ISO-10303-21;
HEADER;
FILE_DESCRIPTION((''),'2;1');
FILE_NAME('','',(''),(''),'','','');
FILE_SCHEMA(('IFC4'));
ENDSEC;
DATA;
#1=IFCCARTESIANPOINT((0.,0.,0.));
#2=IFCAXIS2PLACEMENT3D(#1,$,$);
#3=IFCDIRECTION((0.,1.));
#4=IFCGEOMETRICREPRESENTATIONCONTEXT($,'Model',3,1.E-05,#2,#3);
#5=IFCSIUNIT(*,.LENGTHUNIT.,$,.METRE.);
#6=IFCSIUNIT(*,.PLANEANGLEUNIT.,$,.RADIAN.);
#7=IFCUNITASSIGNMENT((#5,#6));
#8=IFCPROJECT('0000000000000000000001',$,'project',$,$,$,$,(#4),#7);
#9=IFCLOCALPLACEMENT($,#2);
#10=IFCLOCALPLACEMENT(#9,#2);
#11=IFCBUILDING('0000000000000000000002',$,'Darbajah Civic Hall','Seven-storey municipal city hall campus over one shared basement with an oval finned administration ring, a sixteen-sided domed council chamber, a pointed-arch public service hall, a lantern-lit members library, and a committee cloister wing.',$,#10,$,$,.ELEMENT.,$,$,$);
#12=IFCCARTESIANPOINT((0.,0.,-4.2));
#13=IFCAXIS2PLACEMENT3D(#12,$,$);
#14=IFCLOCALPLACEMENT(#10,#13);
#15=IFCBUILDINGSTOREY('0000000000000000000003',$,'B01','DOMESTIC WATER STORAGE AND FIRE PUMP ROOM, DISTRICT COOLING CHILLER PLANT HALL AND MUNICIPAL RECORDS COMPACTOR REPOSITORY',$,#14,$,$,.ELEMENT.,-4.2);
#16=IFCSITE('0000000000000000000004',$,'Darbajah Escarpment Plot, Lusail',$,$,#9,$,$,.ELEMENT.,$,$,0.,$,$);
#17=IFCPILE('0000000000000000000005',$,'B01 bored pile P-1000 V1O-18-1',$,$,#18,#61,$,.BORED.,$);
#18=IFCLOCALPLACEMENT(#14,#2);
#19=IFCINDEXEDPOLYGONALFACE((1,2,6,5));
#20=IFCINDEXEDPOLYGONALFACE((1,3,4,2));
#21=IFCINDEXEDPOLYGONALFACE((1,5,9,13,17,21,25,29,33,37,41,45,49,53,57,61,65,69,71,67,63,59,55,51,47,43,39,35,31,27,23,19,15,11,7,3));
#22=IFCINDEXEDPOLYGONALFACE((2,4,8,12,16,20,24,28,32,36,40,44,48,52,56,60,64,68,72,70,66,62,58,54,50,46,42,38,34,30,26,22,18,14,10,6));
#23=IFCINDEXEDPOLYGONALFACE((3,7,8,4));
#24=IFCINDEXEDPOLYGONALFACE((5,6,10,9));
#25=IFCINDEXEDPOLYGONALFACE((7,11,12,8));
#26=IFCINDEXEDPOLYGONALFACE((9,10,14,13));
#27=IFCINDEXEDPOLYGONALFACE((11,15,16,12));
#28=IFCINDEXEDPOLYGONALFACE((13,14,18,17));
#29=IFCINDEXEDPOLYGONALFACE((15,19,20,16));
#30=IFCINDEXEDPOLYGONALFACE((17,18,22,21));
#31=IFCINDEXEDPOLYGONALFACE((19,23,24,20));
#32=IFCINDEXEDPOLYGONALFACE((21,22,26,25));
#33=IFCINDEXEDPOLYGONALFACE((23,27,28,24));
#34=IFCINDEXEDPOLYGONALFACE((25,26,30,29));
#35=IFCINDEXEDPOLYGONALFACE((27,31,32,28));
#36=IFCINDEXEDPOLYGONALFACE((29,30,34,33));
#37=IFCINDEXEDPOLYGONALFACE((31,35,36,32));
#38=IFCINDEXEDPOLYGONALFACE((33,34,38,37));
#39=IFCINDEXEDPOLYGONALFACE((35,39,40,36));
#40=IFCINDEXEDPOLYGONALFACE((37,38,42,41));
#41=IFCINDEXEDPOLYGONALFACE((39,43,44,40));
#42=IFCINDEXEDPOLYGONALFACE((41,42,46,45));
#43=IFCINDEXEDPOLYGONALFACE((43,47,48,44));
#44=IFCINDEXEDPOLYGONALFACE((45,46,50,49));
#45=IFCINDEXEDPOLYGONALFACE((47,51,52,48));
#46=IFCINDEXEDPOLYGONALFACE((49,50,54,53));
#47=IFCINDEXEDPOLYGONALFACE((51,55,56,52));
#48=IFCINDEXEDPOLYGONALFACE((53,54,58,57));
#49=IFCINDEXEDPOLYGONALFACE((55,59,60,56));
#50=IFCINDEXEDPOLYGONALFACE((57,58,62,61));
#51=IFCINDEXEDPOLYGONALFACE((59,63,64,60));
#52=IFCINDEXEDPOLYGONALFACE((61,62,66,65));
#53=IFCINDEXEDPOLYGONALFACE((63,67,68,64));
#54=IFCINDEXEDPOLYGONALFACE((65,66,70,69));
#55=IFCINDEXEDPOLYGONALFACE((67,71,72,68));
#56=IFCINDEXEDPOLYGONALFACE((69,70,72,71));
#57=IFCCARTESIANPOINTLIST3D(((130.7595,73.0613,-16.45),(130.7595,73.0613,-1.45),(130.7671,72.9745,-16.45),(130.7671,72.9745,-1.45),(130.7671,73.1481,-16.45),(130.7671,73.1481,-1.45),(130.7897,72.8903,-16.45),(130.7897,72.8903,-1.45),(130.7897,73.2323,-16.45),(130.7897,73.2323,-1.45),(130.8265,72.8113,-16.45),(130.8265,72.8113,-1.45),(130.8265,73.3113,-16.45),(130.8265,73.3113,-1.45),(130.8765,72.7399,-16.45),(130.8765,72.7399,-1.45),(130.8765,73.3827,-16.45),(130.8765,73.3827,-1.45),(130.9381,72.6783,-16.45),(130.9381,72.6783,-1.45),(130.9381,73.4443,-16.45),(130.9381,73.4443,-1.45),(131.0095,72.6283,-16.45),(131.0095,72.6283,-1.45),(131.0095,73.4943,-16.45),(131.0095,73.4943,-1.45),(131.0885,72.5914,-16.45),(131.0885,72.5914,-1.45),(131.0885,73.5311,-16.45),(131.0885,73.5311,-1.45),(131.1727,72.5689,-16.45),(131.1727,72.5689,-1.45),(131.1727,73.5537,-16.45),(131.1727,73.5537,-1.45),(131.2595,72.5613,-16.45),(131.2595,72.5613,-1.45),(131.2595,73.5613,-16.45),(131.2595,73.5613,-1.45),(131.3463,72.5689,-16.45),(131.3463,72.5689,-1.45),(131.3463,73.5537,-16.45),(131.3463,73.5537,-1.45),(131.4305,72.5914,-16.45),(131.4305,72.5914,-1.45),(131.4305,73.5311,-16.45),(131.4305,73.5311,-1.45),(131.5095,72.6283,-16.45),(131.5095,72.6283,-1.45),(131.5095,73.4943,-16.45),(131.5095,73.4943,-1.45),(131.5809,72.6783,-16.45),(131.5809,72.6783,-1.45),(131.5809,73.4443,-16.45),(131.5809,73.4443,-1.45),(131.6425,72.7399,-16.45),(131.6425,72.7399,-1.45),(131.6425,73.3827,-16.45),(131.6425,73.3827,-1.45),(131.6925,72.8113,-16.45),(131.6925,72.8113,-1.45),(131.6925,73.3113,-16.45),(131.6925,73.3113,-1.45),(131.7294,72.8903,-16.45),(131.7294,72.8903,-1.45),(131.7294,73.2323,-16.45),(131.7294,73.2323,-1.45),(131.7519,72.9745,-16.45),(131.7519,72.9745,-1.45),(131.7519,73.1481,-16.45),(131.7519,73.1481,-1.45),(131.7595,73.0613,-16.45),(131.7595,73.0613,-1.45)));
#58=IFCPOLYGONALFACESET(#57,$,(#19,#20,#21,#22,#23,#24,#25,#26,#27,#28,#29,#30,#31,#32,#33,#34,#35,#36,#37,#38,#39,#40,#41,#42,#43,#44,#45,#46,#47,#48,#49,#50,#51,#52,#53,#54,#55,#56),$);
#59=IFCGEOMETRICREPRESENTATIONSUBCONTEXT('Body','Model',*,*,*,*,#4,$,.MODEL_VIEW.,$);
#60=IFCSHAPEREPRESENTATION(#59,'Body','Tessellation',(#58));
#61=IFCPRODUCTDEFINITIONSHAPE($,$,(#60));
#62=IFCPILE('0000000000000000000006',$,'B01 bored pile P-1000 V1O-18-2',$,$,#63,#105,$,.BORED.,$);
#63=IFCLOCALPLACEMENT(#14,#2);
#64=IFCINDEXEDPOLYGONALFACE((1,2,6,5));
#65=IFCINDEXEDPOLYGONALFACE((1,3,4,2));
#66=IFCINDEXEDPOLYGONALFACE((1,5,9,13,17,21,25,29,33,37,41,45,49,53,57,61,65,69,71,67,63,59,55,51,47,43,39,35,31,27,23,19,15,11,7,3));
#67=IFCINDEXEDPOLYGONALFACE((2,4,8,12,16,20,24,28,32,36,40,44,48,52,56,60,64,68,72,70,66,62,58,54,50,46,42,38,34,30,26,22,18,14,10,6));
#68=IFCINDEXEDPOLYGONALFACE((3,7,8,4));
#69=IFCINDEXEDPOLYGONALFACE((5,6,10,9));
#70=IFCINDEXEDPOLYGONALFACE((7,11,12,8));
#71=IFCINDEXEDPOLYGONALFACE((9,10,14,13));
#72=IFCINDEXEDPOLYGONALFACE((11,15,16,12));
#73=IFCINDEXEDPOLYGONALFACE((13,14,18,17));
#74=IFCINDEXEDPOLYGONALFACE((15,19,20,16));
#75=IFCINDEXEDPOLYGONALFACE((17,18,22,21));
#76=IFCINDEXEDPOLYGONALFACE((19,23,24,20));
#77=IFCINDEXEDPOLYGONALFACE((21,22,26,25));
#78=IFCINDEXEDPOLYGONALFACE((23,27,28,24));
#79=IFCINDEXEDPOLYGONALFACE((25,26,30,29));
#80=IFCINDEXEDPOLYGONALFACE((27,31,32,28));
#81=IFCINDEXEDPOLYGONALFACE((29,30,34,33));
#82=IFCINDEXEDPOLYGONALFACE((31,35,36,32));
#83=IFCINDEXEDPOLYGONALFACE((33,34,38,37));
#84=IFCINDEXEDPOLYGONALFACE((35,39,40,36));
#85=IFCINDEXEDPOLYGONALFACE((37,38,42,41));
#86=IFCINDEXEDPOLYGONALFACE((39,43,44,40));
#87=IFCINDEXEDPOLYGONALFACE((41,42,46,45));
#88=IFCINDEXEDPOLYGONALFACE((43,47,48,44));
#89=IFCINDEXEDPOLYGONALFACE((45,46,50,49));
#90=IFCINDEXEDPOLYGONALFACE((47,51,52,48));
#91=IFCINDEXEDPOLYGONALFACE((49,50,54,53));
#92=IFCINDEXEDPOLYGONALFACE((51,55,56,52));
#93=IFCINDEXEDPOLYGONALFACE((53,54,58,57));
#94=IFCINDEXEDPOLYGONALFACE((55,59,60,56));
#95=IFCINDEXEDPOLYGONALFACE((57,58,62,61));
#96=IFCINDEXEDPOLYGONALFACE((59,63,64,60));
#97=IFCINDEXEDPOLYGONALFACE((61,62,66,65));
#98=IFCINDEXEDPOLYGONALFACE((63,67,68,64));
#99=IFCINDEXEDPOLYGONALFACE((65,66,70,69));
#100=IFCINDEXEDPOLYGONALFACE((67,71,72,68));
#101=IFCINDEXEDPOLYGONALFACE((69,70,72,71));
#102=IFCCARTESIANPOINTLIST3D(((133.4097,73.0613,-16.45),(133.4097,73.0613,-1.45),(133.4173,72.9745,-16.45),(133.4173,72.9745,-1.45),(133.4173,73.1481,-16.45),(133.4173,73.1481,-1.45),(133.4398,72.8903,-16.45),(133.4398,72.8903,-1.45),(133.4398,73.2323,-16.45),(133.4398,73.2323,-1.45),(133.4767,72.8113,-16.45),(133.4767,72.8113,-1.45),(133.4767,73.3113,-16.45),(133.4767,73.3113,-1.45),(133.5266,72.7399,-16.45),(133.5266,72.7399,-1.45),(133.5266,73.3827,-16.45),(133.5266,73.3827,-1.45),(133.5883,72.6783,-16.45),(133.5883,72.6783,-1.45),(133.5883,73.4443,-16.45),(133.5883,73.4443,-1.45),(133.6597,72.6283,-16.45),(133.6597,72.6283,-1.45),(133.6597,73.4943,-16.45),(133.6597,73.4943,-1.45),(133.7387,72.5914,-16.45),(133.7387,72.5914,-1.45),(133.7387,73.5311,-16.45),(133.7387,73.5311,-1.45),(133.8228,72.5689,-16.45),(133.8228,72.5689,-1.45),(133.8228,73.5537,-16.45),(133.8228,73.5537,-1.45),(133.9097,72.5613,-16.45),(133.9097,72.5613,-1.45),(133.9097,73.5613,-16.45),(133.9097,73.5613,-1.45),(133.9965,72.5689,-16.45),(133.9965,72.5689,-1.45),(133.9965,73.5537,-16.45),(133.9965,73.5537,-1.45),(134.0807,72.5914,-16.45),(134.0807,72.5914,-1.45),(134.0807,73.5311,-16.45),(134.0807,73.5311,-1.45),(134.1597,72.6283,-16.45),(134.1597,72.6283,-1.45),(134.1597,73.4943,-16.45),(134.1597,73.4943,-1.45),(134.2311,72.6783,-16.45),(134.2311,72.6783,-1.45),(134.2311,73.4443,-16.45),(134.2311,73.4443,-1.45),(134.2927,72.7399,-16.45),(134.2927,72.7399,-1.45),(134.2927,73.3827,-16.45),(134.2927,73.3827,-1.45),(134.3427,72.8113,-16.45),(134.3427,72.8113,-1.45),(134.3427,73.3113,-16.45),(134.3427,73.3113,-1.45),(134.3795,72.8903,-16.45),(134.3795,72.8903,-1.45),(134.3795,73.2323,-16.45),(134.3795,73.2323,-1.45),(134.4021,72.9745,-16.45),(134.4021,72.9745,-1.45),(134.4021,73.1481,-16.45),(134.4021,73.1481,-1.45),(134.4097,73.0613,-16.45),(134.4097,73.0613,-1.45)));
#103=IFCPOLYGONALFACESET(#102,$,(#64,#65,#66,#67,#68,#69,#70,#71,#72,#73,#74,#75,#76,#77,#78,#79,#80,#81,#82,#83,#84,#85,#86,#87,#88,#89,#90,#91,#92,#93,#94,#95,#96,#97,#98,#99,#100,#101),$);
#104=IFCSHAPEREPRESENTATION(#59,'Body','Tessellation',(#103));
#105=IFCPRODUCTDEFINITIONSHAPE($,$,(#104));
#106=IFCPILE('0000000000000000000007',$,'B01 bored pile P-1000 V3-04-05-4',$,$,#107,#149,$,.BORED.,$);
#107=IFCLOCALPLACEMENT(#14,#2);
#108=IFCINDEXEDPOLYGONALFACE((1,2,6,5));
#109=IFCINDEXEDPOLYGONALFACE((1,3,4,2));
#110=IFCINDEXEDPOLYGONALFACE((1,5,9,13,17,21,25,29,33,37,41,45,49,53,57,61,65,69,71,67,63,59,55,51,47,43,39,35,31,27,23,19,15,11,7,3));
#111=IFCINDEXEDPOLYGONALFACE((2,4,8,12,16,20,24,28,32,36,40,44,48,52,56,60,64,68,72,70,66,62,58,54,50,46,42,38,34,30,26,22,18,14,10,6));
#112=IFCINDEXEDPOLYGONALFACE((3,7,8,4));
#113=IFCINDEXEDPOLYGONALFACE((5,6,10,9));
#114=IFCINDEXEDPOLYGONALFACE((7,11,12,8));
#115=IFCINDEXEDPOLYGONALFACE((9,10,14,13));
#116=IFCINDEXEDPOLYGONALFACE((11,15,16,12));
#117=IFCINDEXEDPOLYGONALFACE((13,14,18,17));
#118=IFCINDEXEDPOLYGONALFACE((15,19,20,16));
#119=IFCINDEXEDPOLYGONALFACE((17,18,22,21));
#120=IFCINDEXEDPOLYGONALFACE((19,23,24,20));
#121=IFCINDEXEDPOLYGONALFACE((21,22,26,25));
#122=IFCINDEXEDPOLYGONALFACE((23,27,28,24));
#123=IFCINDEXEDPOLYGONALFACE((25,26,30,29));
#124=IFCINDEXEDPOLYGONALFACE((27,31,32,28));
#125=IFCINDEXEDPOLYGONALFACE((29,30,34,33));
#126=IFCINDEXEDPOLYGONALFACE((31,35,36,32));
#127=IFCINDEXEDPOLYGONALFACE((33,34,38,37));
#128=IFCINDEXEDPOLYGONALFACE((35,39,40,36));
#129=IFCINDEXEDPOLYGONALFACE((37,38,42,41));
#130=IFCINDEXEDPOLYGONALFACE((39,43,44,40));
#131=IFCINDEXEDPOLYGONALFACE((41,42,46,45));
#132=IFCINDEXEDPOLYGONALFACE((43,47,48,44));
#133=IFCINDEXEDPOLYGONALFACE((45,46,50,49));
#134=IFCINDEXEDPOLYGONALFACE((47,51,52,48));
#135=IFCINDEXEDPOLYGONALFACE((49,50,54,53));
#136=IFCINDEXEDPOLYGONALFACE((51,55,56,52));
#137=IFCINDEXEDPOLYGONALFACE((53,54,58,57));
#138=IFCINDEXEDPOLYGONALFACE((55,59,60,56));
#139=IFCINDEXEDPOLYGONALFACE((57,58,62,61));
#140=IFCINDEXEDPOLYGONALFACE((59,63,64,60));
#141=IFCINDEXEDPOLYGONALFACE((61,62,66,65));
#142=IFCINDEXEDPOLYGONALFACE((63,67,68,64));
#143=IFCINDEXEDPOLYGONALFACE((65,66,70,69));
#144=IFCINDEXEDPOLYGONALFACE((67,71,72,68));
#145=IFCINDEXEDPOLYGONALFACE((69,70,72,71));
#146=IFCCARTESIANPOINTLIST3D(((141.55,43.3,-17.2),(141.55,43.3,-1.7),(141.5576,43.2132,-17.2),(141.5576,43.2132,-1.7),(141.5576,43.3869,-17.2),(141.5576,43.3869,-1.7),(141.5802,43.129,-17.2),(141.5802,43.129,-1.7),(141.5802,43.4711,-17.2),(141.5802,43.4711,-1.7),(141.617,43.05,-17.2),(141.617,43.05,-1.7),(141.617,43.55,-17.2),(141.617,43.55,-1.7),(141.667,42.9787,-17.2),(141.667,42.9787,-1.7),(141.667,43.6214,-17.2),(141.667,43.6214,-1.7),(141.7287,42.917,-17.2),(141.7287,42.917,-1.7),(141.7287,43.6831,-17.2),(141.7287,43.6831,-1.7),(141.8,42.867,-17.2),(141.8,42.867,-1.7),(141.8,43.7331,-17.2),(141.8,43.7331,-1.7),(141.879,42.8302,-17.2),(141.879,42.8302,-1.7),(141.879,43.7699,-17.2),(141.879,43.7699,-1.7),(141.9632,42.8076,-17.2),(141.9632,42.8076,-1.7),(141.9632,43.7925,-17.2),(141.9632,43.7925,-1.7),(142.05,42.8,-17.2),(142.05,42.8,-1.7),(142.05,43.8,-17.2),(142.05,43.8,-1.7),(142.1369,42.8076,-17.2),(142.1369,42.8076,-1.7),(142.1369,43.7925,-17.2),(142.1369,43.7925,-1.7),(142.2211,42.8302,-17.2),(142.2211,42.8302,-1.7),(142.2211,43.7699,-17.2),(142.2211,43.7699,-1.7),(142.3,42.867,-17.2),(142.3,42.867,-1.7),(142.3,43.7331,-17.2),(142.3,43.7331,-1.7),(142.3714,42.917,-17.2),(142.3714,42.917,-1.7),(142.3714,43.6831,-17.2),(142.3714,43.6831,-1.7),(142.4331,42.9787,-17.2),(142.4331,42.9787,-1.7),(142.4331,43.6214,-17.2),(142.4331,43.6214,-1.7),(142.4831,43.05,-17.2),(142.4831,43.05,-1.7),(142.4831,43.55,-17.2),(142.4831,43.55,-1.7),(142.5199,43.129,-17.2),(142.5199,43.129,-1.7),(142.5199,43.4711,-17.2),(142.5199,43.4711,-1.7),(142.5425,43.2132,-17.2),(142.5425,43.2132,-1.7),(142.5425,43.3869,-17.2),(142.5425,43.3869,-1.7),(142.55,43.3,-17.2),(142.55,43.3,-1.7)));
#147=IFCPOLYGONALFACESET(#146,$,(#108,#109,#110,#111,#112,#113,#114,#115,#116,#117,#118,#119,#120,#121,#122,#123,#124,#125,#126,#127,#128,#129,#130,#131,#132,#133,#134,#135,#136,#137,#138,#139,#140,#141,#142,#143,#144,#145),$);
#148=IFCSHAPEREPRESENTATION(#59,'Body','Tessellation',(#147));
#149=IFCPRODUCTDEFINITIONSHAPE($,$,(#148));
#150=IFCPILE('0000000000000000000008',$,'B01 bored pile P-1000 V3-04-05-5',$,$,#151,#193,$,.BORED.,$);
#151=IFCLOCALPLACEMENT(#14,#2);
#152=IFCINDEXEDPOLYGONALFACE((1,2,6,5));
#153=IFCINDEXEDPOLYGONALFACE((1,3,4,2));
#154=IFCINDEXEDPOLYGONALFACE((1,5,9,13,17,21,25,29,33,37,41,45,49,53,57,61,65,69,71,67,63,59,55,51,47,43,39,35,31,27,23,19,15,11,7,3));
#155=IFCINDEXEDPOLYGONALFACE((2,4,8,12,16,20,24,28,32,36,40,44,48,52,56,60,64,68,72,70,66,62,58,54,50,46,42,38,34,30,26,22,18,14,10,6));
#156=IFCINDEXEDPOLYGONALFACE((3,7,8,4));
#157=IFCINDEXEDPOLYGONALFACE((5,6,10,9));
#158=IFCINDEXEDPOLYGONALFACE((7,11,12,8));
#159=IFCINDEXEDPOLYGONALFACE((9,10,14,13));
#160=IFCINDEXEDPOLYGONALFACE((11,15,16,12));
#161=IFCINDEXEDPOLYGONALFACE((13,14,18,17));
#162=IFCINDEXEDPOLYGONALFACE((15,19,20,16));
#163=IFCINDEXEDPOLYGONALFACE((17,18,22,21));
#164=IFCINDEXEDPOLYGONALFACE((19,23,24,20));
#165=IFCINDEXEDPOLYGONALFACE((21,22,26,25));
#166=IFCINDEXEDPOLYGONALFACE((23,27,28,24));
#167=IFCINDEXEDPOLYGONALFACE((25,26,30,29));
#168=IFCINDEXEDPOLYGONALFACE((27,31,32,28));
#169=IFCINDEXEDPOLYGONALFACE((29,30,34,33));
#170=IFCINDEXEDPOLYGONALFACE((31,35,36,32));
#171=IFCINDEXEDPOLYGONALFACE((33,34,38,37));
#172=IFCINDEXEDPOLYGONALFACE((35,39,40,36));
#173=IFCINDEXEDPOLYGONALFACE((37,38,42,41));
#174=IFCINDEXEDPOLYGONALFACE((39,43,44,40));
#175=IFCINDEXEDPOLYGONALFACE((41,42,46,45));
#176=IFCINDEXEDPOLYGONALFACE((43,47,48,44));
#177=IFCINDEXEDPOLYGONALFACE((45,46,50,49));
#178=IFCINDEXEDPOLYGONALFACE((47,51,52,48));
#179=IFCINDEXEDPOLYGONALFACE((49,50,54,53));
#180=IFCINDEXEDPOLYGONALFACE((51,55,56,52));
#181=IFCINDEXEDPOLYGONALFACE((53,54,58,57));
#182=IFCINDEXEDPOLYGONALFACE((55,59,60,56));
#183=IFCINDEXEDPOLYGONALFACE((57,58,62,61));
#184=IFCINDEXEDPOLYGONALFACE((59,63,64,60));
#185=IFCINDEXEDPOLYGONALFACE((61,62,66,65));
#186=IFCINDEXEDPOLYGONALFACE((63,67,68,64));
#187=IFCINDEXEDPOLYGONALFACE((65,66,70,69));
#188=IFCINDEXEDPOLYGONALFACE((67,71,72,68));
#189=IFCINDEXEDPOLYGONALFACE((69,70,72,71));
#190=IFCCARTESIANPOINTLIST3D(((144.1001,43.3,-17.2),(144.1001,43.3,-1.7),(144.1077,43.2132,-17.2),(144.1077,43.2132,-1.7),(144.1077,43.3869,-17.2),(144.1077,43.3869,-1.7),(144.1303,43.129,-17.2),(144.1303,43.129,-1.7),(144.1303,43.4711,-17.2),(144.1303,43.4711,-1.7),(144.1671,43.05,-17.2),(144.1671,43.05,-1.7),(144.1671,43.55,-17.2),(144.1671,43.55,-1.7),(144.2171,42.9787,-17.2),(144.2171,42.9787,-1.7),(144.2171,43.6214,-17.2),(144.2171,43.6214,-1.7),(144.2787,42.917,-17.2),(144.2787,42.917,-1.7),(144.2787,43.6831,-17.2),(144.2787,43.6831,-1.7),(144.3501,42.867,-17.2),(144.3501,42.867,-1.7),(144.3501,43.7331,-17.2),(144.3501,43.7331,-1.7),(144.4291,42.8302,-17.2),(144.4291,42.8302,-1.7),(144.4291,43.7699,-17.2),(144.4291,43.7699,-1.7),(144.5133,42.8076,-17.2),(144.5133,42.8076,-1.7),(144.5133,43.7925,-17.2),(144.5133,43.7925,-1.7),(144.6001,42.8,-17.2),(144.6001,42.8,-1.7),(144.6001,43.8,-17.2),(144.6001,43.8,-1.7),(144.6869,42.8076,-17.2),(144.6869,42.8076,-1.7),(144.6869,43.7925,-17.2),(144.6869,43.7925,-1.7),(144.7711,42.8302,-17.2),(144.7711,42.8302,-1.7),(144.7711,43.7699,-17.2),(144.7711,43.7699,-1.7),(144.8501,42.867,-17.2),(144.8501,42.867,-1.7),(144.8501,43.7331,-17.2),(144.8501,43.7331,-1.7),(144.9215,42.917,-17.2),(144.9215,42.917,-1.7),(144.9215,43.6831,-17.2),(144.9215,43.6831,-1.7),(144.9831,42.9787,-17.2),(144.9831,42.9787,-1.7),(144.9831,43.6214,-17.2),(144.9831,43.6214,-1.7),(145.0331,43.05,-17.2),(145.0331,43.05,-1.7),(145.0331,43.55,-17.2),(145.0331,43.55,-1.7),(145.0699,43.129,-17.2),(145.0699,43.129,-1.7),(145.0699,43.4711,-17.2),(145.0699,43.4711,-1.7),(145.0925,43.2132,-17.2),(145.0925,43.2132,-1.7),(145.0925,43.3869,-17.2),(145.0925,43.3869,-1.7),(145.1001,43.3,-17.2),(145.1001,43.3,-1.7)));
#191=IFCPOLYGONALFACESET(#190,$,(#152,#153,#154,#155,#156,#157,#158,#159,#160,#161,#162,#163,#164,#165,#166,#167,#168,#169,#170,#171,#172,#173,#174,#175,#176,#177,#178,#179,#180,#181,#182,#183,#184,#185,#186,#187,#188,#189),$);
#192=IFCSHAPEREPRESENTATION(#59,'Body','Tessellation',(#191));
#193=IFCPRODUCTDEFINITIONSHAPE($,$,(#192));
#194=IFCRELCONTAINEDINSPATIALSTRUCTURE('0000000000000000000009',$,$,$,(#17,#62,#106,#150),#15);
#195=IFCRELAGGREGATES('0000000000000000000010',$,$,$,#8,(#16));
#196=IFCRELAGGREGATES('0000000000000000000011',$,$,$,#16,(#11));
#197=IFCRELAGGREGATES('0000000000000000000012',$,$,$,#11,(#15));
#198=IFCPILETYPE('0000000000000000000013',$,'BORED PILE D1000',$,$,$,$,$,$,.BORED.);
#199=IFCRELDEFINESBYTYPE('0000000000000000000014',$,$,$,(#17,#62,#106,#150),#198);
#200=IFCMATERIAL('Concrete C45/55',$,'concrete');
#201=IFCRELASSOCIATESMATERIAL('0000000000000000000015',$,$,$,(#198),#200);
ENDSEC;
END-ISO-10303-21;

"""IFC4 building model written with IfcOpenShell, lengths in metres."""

from ifc_helpers import new_model, si_unit, direction, frame, origin, origin_2d, place, context, subcontext, project, spatial, circle, extrude, material, material_profile, profile_set, type_object, element, save


model = new_model("IFC4")

# Units and contexts
model_context = context("Model", 3, precision=1e-05, world=origin(), true_north=direction((0.0, 1.0)))
body_context = subcontext(model_context, "Body", "Model", "MODEL_VIEW")
ifc_project = project(units=[si_unit("LENGTHUNIT", "METRE"), si_unit("PLANEANGLEUNIT", "RADIAN")], contexts=[model_context])

# Site, building, storey
site_placement = place(None, origin())
site = spatial("IfcSite", under=ifc_project, at=site_placement, Name="Darbajah Escarpment Plot, Lusail", CompositionType="ELEMENT", RefElevation=0.0)
building_placement = place(site_placement, origin())
building = spatial("IfcBuilding", under=site, at=building_placement, Name="Darbajah Civic Hall", Description="Seven-storey municipal city hall campus over one shared basement with an oval finned administration ring, a sixteen-sided domed council chamber, a pointed-arch public service hall, a lantern-lit members library, and a committee cloister wing.", CompositionType="ELEMENT")
storey_placement = place(building_placement, frame((0.0, 0.0, -4.2)))
storey = spatial("IfcBuildingStorey", under=building, at=storey_placement, Name="B01", Description="DOMESTIC WATER STORAGE AND FIRE PUMP ROOM, DISTRICT COOLING CHILLER PLANT HALL AND MUNICIPAL RECORDS COMPACTOR REPOSITORY", CompositionType="ELEMENT", Elevation=-4.2)

# Piles
ifc_material_1 = material(Name="Concrete C45/55", Category="concrete")
ifc_material_profile_1 = material_profile(ifc_material_1, circle(Radius=0.5, at=origin_2d()), Name="BORED PILE D1000")
ifc_profile_set_1 = profile_set([ifc_material_profile_1], Name="Concrete C45/55")
pile_type_1 = type_object("IfcPileType", Name="BORED PILE D1000", PredefinedType="BORED", material=ifc_profile_set_1)
for number, where, z_axis, x_axis, name in (
    (1, (131.2595, 73.0613, -1.45), (0.0, 0.0, -1.0), (1.0, 0.0, 0.0), "B01 bored pile P-1000 V1O-18-1"),
    (2, (133.9097, 73.0613, -1.45), (0.0, 0.0, -1.0), (1.0, 0.0, 0.0), "B01 bored pile P-1000 V1O-18-2"),
):
    element("IfcPile", number, at=place(storey_placement, frame(where, z_axis=z_axis, x_axis=x_axis)), inside=storey, type_object=pile_type_1, Name=name, PredefinedType="BORED", context=body_context, shape_type="SweptSolid", body=[
        extrude(circle(Radius=0.5, at=origin_2d()), origin(), (0.0, 0.0, 1.0), 15.0),
    ])
for number, where, z_axis, x_axis, name in (
    (3, (142.05, 43.3, -1.7), (0.0, 0.0, -1.0), (1.0, 0.0, 0.0), "B01 bored pile P-1000 V3-04-05-4"),
    (4, (144.6001, 43.3, -1.7), (0.0, 0.0, -1.0), (1.0, 0.0, 0.0), "B01 bored pile P-1000 V3-04-05-5"),
):
    element("IfcPile", number, at=place(storey_placement, frame(where, z_axis=z_axis, x_axis=x_axis)), inside=storey, type_object=pile_type_1, Name=name, PredefinedType="BORED", context=body_context, shape_type="SweptSolid", body=[
        extrude(circle(Radius=0.5, at=origin_2d()), origin(), (0.0, 0.0, 1.0), 15.5),
    ])

save(model, "model.ifc")
